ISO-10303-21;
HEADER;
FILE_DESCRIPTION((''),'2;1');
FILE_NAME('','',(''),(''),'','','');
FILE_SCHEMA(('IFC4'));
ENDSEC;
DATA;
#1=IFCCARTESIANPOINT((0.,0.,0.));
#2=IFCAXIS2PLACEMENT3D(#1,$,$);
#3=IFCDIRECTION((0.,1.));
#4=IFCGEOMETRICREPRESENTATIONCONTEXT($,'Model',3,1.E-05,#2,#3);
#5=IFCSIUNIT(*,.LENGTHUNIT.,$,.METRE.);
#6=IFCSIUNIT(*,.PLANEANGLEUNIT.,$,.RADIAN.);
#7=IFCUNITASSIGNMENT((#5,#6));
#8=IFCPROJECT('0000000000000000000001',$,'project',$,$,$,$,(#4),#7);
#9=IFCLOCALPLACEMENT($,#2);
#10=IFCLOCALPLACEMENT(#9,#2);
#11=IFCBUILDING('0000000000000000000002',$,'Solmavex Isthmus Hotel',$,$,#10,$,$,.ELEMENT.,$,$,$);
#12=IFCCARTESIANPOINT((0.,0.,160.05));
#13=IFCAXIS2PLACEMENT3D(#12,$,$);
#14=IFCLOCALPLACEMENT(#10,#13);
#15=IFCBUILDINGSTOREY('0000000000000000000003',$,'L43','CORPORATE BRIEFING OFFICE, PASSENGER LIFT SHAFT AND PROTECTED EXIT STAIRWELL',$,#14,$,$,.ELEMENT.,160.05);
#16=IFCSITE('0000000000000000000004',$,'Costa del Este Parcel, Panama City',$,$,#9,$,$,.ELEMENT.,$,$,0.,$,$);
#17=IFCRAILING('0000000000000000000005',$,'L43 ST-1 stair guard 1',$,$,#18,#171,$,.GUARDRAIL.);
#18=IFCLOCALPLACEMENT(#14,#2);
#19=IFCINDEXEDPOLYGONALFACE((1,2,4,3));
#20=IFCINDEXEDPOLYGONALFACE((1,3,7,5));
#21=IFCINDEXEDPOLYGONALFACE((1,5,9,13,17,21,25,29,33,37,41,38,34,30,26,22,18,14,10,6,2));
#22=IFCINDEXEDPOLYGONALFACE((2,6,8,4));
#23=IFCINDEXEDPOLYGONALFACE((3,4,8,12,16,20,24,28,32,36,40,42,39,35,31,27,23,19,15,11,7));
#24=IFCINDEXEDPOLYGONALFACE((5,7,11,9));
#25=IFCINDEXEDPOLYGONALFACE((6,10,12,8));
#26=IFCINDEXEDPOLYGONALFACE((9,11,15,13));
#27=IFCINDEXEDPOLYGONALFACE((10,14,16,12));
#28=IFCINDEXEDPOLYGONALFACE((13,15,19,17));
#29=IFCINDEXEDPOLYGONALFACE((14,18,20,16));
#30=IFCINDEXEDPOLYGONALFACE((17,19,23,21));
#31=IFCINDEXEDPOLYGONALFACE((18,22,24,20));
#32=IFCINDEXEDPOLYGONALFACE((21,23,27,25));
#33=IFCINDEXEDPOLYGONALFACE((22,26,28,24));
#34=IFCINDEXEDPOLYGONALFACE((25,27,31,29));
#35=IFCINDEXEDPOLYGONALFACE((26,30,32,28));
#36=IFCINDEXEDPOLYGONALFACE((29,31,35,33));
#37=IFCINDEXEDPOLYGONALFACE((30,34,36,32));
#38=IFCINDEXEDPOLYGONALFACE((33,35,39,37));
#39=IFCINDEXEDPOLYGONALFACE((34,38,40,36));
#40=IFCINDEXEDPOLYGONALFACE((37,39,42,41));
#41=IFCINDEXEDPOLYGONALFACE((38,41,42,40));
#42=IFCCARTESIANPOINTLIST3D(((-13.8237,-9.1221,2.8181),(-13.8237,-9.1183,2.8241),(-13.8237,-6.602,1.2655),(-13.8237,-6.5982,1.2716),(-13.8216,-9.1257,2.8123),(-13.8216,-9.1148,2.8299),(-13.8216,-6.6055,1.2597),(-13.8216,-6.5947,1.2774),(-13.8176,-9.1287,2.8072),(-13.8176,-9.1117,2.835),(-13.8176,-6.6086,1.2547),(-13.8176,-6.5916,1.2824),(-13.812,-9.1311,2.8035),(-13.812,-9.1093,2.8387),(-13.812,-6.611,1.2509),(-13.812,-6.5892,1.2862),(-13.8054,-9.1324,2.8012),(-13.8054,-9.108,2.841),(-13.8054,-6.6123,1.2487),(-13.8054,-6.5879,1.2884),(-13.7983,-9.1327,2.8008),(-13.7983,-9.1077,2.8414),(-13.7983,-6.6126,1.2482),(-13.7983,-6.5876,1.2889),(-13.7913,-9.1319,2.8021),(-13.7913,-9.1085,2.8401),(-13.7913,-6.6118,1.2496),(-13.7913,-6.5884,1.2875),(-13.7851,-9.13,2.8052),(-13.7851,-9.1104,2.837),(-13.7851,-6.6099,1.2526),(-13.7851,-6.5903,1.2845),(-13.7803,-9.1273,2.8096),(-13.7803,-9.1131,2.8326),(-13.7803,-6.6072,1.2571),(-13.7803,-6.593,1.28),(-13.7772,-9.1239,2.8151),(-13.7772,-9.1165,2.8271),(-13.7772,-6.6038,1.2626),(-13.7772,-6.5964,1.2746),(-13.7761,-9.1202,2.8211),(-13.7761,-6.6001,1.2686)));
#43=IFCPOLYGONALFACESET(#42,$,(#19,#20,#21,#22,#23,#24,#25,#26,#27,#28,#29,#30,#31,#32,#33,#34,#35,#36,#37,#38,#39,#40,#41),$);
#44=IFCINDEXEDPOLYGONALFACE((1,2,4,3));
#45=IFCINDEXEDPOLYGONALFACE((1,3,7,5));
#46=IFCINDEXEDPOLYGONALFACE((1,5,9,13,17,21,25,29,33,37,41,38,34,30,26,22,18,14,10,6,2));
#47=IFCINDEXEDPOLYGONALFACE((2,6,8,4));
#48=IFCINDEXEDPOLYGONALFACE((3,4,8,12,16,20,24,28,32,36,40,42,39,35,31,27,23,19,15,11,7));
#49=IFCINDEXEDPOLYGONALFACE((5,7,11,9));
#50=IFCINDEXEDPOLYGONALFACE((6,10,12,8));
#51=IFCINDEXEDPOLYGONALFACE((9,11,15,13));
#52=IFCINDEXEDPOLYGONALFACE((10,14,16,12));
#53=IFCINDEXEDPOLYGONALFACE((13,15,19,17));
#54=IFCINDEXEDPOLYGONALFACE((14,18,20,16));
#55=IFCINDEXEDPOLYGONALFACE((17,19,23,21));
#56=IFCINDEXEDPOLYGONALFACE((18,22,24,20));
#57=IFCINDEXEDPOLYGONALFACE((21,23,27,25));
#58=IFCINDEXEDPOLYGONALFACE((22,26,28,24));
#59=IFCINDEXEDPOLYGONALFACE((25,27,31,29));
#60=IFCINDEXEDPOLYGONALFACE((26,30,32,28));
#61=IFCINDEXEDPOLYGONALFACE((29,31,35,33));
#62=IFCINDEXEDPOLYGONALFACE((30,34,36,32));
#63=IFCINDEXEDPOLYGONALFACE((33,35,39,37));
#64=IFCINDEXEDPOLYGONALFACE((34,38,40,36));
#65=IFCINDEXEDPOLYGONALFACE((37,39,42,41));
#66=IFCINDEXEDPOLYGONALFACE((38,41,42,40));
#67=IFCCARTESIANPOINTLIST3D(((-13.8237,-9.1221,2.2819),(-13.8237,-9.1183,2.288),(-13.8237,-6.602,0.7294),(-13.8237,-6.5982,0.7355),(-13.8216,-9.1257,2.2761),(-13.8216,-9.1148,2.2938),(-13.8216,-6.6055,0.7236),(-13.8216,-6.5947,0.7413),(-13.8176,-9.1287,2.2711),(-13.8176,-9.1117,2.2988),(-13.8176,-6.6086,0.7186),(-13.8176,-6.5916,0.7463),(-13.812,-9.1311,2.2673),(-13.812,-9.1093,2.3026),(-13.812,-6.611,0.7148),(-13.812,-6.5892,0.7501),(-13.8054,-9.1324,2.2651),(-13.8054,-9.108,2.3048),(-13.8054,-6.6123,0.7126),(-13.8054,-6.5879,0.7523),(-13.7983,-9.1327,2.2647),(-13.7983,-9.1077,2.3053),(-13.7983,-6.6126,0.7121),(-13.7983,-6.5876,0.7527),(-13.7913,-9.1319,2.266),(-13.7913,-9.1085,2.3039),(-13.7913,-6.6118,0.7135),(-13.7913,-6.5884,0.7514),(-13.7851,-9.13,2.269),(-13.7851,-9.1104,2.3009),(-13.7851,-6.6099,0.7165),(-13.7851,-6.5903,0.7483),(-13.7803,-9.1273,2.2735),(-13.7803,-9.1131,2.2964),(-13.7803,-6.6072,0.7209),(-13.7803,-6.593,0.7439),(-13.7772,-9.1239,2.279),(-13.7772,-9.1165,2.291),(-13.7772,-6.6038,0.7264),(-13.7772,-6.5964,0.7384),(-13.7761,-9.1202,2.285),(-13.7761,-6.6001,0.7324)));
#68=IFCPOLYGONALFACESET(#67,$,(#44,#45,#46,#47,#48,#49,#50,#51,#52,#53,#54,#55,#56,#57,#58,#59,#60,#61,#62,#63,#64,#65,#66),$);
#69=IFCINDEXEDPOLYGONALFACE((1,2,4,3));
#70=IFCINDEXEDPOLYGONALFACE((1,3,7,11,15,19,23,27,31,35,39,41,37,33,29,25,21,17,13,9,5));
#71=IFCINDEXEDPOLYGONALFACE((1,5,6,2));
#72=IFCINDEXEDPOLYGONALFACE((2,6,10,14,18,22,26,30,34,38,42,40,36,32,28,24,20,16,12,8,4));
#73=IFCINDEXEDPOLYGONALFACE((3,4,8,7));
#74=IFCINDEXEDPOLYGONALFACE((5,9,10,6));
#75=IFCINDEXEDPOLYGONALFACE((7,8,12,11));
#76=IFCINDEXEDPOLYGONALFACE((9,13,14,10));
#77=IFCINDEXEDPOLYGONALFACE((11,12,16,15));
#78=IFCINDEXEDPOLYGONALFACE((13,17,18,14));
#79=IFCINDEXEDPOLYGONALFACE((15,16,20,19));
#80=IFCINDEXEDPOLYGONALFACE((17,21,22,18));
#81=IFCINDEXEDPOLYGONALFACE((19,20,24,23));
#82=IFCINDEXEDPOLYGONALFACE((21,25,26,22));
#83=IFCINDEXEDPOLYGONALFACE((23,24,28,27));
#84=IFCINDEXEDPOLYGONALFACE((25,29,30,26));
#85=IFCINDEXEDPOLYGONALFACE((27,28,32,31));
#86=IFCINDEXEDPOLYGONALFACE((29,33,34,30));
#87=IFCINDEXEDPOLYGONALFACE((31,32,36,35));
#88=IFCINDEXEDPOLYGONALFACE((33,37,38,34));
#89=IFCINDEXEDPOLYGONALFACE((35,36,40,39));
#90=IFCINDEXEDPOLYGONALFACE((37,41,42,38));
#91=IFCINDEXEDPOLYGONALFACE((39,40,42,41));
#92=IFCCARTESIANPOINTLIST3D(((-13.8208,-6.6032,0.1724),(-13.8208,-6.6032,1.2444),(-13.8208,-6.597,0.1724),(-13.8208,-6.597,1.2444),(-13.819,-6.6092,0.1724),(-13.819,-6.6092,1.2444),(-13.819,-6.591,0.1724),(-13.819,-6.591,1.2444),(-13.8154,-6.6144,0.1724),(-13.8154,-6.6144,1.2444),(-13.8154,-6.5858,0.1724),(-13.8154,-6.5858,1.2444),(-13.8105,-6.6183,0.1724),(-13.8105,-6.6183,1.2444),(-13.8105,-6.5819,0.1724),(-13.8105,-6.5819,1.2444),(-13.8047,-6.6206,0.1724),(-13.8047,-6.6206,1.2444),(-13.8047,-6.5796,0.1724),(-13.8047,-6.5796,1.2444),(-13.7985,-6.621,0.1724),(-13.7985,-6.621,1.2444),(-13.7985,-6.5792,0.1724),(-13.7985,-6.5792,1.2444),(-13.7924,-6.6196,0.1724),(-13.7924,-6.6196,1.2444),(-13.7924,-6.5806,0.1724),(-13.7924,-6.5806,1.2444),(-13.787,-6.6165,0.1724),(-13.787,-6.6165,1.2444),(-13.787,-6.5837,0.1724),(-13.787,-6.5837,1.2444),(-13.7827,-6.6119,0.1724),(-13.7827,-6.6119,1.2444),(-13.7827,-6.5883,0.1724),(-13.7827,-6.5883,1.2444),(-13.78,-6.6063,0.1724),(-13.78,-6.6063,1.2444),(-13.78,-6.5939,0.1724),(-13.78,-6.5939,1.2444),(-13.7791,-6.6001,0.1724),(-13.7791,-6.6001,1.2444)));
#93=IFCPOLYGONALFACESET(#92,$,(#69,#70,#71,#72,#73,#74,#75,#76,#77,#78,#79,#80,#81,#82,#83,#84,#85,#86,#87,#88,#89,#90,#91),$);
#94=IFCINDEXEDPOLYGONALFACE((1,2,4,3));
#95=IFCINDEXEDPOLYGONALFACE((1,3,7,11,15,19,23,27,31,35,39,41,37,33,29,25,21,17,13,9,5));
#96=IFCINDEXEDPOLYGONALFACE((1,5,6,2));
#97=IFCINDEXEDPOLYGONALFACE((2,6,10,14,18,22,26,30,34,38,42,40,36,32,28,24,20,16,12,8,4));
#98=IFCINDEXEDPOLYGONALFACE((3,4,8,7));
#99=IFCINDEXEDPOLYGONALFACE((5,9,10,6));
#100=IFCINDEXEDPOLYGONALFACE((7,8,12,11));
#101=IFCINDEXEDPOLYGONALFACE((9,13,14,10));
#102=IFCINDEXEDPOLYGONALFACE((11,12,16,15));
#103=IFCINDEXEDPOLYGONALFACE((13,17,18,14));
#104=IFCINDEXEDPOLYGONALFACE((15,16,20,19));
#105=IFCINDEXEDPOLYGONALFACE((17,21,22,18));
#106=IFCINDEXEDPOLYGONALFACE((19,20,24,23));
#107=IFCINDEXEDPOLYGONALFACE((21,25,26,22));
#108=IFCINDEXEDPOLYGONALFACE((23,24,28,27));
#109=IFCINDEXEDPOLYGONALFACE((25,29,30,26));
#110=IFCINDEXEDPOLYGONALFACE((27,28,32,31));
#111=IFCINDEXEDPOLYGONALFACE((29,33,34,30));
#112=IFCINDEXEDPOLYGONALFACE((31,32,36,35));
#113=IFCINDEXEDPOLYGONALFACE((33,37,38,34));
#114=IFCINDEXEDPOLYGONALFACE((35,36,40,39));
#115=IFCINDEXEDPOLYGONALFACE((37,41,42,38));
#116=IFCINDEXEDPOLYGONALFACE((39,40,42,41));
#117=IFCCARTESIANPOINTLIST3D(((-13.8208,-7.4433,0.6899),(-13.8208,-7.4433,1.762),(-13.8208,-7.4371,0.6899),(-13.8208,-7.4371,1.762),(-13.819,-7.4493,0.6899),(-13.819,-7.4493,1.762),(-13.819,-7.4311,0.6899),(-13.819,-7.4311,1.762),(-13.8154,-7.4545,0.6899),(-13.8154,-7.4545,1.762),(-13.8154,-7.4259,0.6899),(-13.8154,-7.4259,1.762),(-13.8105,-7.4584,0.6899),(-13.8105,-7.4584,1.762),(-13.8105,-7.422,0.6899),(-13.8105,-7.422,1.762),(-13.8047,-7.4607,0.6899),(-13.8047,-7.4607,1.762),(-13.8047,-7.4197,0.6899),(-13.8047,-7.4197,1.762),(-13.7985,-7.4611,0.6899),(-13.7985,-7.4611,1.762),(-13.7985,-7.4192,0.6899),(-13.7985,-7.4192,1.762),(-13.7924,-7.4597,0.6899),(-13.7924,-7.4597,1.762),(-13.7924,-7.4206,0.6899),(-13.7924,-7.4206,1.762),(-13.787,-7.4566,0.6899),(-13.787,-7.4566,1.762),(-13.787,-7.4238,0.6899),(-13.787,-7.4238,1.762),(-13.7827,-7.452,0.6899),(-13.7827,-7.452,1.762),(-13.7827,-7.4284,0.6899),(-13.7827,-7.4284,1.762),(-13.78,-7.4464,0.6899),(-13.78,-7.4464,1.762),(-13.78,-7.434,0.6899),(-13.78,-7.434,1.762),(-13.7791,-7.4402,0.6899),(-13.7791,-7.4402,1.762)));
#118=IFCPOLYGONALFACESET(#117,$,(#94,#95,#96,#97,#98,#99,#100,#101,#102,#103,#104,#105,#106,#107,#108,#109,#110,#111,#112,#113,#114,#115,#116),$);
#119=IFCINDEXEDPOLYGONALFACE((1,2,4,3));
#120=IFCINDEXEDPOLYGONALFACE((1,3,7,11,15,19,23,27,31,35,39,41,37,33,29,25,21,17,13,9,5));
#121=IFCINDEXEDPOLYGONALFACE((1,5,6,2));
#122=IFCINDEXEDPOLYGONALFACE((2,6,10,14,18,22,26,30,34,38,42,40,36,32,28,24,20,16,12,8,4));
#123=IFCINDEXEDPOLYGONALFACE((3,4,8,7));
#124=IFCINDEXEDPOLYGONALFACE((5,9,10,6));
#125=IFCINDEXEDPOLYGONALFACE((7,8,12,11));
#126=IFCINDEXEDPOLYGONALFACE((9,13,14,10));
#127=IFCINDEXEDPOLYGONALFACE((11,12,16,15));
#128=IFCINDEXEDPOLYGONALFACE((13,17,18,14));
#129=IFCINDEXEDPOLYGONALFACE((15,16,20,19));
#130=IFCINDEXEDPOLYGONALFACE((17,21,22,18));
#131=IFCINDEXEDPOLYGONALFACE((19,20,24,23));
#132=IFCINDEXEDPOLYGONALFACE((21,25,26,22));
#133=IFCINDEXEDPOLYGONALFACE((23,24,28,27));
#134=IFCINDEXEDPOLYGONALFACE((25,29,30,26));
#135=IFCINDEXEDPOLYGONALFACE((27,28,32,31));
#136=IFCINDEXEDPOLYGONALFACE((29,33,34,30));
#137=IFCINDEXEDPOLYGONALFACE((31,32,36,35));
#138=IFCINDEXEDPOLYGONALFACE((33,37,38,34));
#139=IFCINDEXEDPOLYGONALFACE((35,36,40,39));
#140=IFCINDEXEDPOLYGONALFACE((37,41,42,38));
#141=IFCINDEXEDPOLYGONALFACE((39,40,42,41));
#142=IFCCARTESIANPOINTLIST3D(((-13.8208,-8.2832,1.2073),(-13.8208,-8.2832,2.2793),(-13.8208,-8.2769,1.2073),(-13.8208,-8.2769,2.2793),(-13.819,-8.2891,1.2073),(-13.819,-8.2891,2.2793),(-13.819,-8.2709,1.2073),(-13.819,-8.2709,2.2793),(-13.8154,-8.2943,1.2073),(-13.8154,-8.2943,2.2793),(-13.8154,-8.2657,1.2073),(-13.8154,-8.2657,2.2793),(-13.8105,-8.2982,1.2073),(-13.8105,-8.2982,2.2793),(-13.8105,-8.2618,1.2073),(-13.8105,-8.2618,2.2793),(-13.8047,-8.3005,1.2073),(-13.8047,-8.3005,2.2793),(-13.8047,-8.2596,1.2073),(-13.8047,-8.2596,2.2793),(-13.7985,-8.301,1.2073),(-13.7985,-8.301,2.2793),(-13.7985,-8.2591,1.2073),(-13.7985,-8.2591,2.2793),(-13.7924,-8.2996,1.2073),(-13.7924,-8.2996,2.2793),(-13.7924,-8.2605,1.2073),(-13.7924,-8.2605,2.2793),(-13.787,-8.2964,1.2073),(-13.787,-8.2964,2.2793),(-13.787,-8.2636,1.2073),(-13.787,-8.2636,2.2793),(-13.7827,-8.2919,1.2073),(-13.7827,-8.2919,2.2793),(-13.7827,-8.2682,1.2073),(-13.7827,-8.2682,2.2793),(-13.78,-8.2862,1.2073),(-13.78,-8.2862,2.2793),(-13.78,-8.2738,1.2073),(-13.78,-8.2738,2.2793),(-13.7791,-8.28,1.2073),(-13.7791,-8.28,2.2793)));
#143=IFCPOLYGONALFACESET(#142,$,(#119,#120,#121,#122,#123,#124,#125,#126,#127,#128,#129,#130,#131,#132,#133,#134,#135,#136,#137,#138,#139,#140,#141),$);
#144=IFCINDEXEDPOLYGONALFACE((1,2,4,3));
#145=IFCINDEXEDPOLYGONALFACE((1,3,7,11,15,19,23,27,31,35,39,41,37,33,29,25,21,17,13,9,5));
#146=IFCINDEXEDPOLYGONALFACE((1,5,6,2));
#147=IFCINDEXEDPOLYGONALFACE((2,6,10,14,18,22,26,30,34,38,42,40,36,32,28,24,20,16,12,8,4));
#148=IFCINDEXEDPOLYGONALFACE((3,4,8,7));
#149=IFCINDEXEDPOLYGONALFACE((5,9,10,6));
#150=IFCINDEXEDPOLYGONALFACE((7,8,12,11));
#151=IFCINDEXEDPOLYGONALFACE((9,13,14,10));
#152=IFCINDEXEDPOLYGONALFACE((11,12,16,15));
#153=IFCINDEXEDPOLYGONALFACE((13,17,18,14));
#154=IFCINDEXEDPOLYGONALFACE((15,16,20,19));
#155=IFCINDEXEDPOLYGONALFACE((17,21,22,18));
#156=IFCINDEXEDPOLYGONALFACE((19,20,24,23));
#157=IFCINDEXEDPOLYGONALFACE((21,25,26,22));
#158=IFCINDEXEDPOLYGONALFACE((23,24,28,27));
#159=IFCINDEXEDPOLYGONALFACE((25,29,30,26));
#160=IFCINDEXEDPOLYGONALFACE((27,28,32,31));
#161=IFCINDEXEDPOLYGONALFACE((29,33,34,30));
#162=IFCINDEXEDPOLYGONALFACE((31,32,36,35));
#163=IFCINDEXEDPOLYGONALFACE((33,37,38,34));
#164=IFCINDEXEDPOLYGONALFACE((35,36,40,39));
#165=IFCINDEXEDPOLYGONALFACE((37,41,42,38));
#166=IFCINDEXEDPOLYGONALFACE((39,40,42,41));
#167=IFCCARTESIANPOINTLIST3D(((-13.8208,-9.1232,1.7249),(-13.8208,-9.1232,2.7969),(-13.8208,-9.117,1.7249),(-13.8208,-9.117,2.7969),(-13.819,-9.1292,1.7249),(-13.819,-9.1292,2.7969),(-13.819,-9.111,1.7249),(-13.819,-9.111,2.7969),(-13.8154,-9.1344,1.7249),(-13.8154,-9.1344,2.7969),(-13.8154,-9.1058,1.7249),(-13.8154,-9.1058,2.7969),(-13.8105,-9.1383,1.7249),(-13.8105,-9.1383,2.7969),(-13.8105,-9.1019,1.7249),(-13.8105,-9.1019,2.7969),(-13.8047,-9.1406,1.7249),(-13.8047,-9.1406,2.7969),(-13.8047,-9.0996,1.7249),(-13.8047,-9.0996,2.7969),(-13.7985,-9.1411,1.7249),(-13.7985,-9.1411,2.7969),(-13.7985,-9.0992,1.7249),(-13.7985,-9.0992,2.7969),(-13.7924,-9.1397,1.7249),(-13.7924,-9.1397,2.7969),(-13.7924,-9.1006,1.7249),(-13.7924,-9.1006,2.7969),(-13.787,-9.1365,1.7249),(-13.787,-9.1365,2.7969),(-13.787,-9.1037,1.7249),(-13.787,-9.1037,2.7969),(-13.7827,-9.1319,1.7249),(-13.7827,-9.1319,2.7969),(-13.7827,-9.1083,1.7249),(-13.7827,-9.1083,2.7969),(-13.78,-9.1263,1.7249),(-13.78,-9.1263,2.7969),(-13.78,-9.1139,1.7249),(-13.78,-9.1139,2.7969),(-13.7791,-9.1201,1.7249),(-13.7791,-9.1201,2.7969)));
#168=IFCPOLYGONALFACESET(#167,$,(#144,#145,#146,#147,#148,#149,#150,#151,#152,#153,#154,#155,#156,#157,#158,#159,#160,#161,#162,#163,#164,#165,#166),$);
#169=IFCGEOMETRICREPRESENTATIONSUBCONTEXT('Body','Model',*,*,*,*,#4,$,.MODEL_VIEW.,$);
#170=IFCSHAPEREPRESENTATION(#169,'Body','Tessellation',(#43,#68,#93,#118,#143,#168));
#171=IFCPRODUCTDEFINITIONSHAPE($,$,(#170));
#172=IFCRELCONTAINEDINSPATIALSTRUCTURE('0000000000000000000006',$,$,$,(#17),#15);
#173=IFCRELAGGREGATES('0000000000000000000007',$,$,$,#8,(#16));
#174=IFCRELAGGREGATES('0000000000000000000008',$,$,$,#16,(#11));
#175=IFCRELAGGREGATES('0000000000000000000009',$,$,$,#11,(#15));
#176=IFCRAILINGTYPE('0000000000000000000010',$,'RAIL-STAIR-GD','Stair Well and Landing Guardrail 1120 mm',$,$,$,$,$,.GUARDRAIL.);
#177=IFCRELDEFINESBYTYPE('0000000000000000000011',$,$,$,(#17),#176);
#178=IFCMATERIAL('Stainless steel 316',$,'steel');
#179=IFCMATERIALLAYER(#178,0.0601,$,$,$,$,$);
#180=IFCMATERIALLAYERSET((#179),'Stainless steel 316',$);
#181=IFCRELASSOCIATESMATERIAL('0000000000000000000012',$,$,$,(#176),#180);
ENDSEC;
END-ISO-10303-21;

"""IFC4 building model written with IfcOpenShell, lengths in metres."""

from ifc_helpers import new_model, si_unit, direction, frame, origin, origin_2d, place, context, subcontext, project, spatial, circle, extrude, material, layer, layer_set, type_object, element, save


model = new_model("IFC4")

# Units and contexts
model_context = context("Model", 3, precision=1e-05, world=origin(), true_north=direction((0.0, 1.0)))
body_context = subcontext(model_context, "Body", "Model", "MODEL_VIEW")
ifc_project = project(units=[si_unit("LENGTHUNIT", "METRE"), si_unit("PLANEANGLEUNIT", "RADIAN")], contexts=[model_context])

# Site, building, storey
site_placement = place(None, origin())
site = spatial("IfcSite", under=ifc_project, at=site_placement, Name="Costa del Este Parcel, Panama City", CompositionType="ELEMENT", RefElevation=0.0)
building_placement = place(site_placement, origin())
building = spatial("IfcBuilding", under=site, at=building_placement, Name="Solmavex Isthmus Hotel", CompositionType="ELEMENT")
storey_placement = place(building_placement, frame((0.0, 0.0, 160.05)))
storey = spatial("IfcBuildingStorey", under=building, at=storey_placement, Name="L43", Description="CORPORATE BRIEFING OFFICE, PASSENGER LIFT SHAFT AND PROTECTED EXIT STAIRWELL", CompositionType="ELEMENT", Elevation=160.05)

# Railing
ifc_material_1 = material(Name="Stainless steel 316", Category="steel")
ifc_layer_1 = layer(ifc_material_1, 0.0601)
ifc_layer_set_1 = layer_set([ifc_layer_1], Name="Stainless steel 316")
railing_type_1 = type_object("IfcRailingType", Name="RAIL-STAIR-GD", Description="Stair Well and Landing Guardrail 1120 mm", PredefinedType="GUARDRAIL", material=ifc_layer_set_1)
railing_1_placement = place(storey_placement, frame((-13.8, -6.6001, 0.1724)))
element("IfcRailing", 1, at=railing_1_placement, inside=storey, type_object=railing_type_1, Name="L43 ST-1 stair guard 1", PredefinedType="GUARDRAIL", context=body_context, shape_type="SweptSolid", body=[
    extrude(circle(Radius=0.0239, at=origin_2d()), frame((0.0, 0.0, 1.0962), z_axis=(0.0, -0.8514, 0.524516), x_axis=(1.0, 0.0, 0.0)), (0.0, 0.0, 1.0), 2.96),
    extrude(circle(Radius=0.0239, at=origin_2d()), frame((0.0, 0.0, 0.5601), z_axis=(0.0, -0.8514, 0.524516), x_axis=(1.0, 0.0, 0.0)), (0.0, 0.0, 1.0), 2.96),
    extrude(circle(Radius=0.021, at=origin_2d()), origin(), (0.0, 0.0, 1.0), 1.072),
    extrude(circle(Radius=0.021, at=origin_2d()), frame((0.0, -0.8401, 0.5176)), (0.0, 0.0, 1.0), 1.072),
    extrude(circle(Radius=0.021, at=origin_2d()), frame((0.0, -1.6799, 1.0349)), (0.0, 0.0, 1.0), 1.072),
    extrude(circle(Radius=0.021, at=origin_2d()), frame((0.0, -2.52, 1.5525)), (0.0, 0.0, 1.0), 1.072),
])

save(model, "model.ifc")
